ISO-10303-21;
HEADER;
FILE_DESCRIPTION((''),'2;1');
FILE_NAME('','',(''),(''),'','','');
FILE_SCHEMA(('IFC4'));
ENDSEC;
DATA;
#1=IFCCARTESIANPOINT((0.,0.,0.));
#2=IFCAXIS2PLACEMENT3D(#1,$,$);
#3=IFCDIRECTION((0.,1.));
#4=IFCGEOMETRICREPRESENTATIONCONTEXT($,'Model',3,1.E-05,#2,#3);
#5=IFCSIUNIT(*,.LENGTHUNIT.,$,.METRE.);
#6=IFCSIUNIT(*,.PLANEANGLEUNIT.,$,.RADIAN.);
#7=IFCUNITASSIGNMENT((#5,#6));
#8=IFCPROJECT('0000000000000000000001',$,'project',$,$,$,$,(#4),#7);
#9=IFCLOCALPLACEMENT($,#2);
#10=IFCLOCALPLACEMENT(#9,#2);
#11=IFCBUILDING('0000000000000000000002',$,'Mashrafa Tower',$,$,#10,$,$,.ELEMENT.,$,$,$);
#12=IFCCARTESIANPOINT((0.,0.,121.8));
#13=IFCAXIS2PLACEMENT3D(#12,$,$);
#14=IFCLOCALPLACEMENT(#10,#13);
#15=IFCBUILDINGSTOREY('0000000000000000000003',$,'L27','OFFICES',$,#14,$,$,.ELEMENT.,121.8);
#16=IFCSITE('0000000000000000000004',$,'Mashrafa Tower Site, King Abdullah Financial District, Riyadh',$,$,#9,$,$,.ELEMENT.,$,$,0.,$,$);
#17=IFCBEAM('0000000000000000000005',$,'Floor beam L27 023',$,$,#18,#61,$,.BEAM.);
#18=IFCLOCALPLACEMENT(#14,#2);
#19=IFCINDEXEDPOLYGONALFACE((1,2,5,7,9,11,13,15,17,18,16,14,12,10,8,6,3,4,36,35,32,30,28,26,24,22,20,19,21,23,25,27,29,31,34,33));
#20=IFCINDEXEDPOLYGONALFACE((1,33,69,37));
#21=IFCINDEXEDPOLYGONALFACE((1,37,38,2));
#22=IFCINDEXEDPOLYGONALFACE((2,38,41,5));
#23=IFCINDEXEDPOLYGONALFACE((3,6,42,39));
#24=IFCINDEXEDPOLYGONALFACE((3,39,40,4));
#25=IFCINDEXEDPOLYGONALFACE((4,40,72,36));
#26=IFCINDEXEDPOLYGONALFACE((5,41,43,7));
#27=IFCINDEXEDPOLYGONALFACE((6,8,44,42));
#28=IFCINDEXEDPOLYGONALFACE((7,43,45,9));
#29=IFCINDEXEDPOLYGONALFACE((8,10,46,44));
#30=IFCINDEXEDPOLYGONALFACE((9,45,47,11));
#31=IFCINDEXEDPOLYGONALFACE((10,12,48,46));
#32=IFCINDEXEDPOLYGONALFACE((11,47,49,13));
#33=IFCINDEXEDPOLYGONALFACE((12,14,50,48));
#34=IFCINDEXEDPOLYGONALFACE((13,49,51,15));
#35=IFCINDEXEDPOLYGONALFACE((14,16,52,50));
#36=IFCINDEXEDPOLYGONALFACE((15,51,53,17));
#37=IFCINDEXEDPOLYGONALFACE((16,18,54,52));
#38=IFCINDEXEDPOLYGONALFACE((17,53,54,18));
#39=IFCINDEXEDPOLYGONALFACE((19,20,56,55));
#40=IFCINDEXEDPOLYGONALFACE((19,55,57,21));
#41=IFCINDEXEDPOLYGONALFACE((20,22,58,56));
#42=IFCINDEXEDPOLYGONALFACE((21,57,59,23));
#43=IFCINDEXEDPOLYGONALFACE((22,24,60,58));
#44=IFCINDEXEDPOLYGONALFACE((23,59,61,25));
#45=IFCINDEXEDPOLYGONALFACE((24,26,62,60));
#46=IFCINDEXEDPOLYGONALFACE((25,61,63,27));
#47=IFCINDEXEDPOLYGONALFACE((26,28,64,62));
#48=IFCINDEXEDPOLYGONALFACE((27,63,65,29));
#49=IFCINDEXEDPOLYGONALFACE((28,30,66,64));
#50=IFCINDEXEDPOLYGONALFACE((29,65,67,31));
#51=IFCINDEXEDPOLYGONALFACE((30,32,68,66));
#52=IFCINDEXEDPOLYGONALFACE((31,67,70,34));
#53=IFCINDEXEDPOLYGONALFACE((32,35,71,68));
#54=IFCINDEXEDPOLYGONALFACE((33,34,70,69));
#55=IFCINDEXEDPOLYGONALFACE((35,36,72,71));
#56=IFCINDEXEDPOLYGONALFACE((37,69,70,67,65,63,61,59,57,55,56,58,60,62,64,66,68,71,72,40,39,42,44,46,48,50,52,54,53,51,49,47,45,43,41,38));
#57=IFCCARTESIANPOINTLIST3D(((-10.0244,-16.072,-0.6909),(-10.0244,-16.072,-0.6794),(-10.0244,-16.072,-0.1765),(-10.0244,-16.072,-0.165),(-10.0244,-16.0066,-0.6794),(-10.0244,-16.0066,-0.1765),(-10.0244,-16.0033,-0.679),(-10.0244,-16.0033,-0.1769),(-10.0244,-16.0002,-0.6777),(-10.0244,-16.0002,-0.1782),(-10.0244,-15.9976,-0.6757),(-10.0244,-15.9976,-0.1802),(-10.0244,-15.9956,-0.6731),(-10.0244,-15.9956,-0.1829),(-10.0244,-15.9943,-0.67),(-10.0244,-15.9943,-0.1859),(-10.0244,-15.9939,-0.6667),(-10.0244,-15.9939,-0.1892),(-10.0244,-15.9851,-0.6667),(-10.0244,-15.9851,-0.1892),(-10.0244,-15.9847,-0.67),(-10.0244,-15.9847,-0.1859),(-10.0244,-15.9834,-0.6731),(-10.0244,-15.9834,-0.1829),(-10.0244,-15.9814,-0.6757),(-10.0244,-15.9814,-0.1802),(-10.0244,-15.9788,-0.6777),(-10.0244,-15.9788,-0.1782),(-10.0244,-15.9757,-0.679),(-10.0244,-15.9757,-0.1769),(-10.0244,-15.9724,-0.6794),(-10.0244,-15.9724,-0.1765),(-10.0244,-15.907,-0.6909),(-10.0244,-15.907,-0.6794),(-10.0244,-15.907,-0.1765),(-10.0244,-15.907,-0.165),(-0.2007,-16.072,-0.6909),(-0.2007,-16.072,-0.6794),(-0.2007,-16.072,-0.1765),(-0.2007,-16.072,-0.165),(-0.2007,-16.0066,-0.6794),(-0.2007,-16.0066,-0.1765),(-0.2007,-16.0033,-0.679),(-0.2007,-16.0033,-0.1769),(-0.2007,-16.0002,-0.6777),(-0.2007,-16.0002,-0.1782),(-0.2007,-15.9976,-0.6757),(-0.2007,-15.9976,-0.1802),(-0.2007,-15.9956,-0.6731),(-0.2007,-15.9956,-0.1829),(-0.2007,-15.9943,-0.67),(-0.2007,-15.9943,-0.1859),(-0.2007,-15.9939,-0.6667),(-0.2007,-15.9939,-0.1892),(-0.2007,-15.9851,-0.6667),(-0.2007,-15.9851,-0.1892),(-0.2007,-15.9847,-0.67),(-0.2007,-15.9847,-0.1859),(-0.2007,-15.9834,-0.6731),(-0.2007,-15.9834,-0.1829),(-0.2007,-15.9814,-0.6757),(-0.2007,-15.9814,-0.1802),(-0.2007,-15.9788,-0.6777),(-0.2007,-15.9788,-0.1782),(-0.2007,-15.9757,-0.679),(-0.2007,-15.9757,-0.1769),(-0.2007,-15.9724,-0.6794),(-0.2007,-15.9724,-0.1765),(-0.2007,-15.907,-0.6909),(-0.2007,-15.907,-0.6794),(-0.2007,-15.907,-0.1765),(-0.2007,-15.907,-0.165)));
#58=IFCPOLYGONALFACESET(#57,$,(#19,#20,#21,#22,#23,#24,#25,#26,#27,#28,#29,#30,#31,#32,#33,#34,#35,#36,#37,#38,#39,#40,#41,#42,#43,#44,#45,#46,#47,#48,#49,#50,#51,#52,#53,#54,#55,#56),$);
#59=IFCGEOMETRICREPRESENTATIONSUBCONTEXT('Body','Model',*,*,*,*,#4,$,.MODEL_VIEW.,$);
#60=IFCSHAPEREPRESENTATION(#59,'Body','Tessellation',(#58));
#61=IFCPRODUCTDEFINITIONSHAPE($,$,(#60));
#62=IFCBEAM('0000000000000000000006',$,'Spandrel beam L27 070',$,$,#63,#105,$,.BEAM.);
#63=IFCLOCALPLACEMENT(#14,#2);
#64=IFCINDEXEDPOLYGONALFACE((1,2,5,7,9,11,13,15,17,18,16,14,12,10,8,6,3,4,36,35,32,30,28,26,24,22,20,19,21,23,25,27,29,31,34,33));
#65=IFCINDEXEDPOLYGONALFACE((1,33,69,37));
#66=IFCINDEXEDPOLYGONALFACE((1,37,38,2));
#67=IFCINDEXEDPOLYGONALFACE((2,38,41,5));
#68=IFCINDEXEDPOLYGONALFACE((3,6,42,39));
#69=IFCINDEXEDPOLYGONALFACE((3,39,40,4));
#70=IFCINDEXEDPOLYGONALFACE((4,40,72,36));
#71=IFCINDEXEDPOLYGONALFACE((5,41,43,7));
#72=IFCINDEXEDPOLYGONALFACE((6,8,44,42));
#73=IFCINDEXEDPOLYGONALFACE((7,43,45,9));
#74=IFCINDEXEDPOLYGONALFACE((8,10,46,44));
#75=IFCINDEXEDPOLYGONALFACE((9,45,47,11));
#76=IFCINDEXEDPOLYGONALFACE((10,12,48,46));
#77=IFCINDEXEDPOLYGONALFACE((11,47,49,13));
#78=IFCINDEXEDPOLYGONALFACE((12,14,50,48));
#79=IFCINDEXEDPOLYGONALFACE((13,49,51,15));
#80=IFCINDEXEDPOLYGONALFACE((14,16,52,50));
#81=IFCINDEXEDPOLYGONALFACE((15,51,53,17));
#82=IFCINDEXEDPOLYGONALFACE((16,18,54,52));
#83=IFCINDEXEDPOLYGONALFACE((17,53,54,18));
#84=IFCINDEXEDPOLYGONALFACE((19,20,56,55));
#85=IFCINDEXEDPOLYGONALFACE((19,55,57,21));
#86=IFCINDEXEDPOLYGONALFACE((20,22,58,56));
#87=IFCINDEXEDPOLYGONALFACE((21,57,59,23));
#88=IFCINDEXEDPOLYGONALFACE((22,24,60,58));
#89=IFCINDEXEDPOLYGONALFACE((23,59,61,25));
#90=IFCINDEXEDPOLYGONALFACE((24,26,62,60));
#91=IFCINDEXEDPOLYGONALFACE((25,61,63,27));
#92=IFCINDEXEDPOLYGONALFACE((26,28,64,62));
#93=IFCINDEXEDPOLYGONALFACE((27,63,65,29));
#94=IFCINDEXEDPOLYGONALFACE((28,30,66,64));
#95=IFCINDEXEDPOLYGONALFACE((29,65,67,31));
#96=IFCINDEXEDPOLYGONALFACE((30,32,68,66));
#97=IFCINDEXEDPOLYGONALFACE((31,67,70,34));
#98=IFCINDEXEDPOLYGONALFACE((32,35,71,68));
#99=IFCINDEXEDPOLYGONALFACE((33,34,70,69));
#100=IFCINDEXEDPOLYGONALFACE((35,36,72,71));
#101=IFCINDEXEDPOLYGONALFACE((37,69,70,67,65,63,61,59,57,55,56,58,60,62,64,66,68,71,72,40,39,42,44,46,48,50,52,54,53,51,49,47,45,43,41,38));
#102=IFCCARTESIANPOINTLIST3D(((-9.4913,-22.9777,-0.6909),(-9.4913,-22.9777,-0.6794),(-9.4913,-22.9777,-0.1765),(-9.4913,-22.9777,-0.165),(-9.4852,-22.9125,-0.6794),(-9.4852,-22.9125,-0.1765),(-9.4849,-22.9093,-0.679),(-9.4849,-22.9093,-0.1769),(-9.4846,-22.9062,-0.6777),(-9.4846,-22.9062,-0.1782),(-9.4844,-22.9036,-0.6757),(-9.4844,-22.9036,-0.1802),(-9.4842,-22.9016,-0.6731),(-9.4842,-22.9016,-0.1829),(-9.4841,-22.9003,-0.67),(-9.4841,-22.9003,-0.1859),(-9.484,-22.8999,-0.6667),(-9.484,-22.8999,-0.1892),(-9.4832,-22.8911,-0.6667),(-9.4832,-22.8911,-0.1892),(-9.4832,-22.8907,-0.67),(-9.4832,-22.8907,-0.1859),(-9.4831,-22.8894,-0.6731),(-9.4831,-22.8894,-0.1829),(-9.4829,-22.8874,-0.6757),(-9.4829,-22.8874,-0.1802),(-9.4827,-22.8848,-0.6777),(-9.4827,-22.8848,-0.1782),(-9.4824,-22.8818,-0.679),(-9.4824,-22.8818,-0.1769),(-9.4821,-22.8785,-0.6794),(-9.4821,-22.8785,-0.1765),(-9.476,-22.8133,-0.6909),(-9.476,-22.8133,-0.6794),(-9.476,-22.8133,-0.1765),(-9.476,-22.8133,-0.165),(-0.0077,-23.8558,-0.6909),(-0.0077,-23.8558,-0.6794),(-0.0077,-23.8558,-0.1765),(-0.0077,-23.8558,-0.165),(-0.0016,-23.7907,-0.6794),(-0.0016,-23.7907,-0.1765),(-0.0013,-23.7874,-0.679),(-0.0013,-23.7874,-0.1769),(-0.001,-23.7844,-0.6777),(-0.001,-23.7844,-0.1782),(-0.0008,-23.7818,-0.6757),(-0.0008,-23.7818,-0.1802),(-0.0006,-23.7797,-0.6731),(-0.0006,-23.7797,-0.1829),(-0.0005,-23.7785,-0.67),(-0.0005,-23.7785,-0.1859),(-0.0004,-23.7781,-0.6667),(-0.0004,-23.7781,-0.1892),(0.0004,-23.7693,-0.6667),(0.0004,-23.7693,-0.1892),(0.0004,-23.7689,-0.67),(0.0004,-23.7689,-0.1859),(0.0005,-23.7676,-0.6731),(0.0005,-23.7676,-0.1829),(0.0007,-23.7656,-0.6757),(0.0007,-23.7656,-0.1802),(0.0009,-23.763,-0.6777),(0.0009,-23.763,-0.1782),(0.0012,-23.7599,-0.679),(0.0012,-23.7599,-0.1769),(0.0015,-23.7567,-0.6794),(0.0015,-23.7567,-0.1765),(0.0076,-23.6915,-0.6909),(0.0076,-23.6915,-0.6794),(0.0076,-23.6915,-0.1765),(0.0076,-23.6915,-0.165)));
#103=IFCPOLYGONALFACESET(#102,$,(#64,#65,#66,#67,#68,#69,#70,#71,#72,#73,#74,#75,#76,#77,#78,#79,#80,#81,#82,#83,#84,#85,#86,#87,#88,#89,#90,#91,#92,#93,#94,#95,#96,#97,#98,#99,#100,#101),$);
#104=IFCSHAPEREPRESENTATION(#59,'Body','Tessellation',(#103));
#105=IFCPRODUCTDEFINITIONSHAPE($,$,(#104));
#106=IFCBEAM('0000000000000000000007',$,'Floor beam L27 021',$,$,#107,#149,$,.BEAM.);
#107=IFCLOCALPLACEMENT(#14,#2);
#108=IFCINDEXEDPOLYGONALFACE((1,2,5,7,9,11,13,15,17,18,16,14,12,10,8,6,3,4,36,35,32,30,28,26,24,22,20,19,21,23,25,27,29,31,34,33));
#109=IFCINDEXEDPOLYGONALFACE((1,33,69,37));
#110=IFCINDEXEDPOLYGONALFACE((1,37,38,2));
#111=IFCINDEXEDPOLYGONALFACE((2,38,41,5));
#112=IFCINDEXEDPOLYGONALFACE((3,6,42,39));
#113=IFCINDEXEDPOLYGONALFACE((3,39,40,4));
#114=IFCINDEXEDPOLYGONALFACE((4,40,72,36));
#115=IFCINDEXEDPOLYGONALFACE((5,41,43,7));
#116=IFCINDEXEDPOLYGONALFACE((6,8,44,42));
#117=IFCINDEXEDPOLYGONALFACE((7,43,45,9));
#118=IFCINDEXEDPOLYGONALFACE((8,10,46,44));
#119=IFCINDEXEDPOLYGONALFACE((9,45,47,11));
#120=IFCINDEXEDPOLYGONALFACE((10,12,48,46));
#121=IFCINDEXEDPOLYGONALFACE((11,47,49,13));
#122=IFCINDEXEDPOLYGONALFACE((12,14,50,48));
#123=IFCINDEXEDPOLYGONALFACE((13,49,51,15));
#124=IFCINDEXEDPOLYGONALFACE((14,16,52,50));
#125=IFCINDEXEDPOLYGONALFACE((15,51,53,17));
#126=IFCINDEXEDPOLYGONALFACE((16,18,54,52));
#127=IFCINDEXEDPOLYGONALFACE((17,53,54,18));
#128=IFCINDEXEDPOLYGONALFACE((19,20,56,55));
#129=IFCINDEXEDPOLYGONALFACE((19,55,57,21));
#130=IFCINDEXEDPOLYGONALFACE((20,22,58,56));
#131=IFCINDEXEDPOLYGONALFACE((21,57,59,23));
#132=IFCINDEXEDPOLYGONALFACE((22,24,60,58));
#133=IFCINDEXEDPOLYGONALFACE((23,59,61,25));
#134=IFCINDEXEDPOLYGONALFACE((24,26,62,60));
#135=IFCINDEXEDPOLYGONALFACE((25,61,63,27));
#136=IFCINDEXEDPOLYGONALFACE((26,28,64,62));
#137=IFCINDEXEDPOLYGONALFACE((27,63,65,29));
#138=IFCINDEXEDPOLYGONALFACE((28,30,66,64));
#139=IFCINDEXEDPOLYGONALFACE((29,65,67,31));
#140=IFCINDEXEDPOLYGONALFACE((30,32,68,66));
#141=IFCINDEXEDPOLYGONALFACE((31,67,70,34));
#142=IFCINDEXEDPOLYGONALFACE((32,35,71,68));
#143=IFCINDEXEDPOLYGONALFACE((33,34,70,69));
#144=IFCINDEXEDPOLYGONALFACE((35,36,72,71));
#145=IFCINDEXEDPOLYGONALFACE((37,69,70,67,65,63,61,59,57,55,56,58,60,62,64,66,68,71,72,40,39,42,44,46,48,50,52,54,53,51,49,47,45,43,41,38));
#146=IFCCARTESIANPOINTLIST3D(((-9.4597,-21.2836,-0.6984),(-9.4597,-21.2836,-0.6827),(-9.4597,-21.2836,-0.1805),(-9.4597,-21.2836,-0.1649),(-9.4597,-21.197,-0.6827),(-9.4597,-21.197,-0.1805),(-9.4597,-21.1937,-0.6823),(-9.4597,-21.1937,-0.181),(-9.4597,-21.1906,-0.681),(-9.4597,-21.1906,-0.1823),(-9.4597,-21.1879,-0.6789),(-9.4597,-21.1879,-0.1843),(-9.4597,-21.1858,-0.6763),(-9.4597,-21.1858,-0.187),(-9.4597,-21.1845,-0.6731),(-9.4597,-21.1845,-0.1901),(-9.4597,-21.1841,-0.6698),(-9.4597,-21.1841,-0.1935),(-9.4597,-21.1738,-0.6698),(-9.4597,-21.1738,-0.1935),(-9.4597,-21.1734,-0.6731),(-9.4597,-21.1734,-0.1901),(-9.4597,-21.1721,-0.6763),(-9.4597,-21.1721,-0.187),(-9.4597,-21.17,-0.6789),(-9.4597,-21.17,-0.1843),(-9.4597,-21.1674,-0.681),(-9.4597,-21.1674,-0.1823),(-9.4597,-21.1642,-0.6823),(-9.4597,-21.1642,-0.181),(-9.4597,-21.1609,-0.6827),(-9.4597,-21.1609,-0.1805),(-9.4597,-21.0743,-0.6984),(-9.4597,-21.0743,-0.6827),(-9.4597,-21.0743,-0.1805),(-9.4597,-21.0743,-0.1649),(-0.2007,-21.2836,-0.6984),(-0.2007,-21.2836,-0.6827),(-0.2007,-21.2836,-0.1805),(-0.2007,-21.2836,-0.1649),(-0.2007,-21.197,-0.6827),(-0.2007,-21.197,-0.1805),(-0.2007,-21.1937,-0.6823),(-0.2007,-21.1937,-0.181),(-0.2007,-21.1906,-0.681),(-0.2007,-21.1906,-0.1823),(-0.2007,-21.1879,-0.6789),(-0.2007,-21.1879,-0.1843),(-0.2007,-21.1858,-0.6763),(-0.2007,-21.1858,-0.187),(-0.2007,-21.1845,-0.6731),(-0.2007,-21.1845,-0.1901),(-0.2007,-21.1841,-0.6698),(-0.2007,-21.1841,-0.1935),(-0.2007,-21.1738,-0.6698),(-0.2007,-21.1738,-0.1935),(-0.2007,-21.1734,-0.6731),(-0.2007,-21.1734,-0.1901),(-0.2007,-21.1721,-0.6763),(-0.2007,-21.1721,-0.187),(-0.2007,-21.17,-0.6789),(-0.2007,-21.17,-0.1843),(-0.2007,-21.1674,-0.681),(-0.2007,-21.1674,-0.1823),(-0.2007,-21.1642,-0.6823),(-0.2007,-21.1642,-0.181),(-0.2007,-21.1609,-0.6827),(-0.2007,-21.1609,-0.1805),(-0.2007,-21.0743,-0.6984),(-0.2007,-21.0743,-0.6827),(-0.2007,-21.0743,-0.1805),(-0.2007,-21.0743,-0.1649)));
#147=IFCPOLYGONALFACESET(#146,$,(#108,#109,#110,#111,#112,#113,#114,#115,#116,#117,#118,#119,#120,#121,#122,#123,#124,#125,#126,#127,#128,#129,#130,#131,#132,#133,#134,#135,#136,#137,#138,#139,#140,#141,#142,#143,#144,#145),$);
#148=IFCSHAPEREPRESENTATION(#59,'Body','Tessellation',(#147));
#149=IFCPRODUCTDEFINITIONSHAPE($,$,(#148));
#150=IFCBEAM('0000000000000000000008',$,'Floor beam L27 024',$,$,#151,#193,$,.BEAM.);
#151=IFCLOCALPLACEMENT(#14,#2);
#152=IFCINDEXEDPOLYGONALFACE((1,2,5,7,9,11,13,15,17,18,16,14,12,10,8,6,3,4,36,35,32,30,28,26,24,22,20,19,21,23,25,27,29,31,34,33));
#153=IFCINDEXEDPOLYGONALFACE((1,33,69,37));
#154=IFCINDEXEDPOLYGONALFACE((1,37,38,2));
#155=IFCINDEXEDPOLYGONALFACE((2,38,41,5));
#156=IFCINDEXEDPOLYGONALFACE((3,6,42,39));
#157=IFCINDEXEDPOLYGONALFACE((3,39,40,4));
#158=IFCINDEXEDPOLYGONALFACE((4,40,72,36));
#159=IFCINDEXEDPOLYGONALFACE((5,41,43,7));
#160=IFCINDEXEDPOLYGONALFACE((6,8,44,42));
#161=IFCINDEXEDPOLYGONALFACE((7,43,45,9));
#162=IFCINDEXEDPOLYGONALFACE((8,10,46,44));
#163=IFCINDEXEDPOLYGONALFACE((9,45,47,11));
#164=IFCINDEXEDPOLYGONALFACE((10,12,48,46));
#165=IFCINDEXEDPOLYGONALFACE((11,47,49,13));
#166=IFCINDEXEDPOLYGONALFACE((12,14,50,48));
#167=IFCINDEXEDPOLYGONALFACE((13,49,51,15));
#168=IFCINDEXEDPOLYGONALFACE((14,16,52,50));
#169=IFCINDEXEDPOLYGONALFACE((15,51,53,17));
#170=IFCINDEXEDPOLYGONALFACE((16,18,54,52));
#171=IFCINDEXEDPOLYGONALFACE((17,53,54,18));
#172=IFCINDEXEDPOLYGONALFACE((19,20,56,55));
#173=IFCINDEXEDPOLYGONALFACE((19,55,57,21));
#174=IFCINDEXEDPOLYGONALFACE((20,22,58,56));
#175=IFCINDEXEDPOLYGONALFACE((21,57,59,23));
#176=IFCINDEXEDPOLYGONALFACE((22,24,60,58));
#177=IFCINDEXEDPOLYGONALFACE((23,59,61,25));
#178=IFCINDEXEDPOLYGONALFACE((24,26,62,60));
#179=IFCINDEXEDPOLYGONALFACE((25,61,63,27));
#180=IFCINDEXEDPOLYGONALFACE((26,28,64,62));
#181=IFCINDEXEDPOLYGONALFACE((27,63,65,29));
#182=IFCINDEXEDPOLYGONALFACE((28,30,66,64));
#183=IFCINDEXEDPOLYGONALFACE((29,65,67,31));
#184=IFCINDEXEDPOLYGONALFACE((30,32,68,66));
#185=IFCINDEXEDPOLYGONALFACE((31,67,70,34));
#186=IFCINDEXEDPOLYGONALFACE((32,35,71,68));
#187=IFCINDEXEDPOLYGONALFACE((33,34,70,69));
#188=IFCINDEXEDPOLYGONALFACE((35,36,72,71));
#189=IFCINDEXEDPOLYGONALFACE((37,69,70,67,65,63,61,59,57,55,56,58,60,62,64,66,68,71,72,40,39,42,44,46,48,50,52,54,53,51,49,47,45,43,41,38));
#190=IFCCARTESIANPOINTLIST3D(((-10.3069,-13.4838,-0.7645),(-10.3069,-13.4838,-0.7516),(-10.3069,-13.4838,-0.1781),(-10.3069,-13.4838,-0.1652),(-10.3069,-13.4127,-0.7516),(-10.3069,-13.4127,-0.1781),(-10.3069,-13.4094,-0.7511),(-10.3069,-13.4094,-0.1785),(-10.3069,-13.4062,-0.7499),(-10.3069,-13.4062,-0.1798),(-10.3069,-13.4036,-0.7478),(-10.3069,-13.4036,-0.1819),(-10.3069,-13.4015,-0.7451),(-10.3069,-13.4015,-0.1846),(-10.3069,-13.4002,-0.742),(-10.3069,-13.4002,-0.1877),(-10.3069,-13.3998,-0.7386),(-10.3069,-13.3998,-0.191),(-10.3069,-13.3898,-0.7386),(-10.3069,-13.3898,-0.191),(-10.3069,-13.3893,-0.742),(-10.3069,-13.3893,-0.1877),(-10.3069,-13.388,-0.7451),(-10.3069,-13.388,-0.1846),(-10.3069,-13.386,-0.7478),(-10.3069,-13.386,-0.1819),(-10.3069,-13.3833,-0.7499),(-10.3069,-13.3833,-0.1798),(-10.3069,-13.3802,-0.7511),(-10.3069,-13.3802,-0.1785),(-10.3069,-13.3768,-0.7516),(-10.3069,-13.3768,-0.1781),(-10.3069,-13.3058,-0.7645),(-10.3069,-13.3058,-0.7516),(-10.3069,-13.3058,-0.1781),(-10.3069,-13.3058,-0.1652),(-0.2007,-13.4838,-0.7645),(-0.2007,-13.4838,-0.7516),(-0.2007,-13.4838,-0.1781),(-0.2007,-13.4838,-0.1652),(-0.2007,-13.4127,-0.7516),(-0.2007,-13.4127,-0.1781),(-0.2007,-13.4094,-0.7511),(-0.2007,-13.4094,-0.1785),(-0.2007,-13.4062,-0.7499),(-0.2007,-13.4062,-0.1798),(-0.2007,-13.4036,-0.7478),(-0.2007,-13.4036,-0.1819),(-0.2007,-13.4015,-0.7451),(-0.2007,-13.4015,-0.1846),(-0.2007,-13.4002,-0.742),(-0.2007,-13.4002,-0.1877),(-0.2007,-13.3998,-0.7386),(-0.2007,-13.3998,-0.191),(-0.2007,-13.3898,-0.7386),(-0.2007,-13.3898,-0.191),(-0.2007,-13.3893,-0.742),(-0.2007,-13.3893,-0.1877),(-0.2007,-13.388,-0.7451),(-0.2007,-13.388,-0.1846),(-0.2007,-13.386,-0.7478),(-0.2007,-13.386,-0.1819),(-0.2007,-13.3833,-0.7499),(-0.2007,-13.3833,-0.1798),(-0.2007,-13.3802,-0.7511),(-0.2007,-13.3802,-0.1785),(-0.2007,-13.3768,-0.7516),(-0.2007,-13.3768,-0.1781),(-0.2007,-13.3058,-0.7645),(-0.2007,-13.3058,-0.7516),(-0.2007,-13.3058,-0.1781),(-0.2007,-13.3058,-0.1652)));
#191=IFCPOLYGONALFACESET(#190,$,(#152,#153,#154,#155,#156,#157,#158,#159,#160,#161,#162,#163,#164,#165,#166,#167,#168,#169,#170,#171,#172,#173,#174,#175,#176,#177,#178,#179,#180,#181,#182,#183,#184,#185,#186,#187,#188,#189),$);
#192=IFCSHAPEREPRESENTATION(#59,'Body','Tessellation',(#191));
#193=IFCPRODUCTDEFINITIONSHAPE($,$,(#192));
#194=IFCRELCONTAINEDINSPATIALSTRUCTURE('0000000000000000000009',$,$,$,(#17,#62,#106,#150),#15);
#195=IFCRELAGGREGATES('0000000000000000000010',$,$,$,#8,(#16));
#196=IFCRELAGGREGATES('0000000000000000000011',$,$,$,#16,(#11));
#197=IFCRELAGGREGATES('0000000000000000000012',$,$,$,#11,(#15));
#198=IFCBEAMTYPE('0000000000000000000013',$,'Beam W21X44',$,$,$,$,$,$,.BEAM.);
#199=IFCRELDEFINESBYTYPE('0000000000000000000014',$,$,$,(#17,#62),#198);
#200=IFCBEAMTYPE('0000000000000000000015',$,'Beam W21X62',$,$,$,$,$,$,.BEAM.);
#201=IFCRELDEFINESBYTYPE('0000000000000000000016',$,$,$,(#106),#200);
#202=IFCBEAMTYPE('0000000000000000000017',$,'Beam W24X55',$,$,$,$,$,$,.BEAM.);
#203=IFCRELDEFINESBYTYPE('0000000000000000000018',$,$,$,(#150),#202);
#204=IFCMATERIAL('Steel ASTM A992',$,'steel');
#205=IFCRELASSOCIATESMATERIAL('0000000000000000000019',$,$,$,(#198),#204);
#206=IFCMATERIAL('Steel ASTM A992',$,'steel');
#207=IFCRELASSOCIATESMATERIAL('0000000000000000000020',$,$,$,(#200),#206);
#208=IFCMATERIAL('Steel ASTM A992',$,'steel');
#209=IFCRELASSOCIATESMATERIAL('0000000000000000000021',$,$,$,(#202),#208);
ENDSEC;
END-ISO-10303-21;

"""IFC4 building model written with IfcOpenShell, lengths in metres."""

from ifc_helpers import new_model, si_unit, direction, frame, origin, origin_2d, place, context, subcontext, project, spatial, i_section, extrude, material, material_profile, profile_set, type_object, element, save


model = new_model("IFC4")

# Units and contexts
model_context = context("Model", 3, precision=1e-05, world=origin(), true_north=direction((0.0, 1.0)))
body_context = subcontext(model_context, "Body", "Model", "MODEL_VIEW")
ifc_project = project(units=[si_unit("LENGTHUNIT", "METRE"), si_unit("PLANEANGLEUNIT", "RADIAN")], contexts=[model_context])

# Site, building, storey
site_placement = place(None, origin())
site = spatial("IfcSite", under=ifc_project, at=site_placement, Name="Mashrafa Tower Site, King Abdullah Financial District, Riyadh", CompositionType="ELEMENT", RefElevation=0.0)
building_placement = place(site_placement, origin())
building = spatial("IfcBuilding", under=site, at=building_placement, Name="Mashrafa Tower", CompositionType="ELEMENT")
storey_placement = place(building_placement, frame((0.0, 0.0, 121.8)))
storey = spatial("IfcBuildingStorey", under=building, at=storey_placement, Name="L27", Description="OFFICES", CompositionType="ELEMENT", Elevation=121.8)

# Beams
ifc_material_1 = material(Name="Steel ASTM A992", Category="steel")
ifc_material_profile_1 = material_profile(ifc_material_1, i_section(OverallWidth=0.165, OverallDepth=0.5259, WebThickness=0.0088, FlangeThickness=0.0115, FilletRadius=0.0127, at=origin_2d()), Name="W21X44")
ifc_profile_set_1 = profile_set([ifc_material_profile_1], Name="Steel ASTM A992")
beam_type_1 = type_object("IfcBeamType", Name="Beam W21X44", PredefinedType="BEAM", material=ifc_profile_set_1)
beam_1_placement = place(storey_placement, frame((-0.2007, -15.9895, -0.428), z_axis=(-1.0, 0.0, 0.0), x_axis=(0.0, -1.0, 0.0)))
element("IfcBeam", 1, at=beam_1_placement, inside=storey, type_object=beam_type_1, Name="Floor beam L27 023", PredefinedType="BEAM", context=body_context, shape_type="SweptSolid", body=[
    extrude(i_section(OverallWidth=0.165, OverallDepth=0.5259, WebThickness=0.0088, FlangeThickness=0.0115, FilletRadius=0.0127, at=origin_2d()), origin(), (0.0, 0.0, 1.0), 9.8237),
])
beam_2_placement = place(storey_placement, frame((-9.4836, -22.8955, -0.428), z_axis=(0.99574, -0.092204, 0.0), x_axis=(0.092204, 0.99574, 0.0)))
element("IfcBeam", 2, at=beam_2_placement, inside=storey, type_object=beam_type_1, Name="Spandrel beam L27 070", PredefinedType="BEAM", context=body_context, shape_type="SweptSolid", body=[
    extrude(i_section(OverallWidth=0.165, OverallDepth=0.5259, WebThickness=0.0088, FlangeThickness=0.0115, FilletRadius=0.0127, at=origin_2d()), origin(), (0.0, 0.0, 1.0), 9.5242),
])
ifc_material_2 = material(Name="Steel ASTM A992", Category="steel")
ifc_material_profile_2 = material_profile(ifc_material_2, i_section(OverallWidth=0.2092, OverallDepth=0.5334, WebThickness=0.0103, FlangeThickness=0.0156, FilletRadius=0.0129, at=origin_2d()), Name="W21X62")
ifc_profile_set_2 = profile_set([ifc_material_profile_2], Name="Steel ASTM A992")
beam_type_2 = type_object("IfcBeamType", Name="Beam W21X62", PredefinedType="BEAM", material=ifc_profile_set_2)
beam_3_placement = place(storey_placement, frame((-0.2007, -21.179, -0.4316), z_axis=(-1.0, 0.0, 0.0), x_axis=(0.0, -1.0, 0.0)))
element("IfcBeam", 3, at=beam_3_placement, inside=storey, type_object=beam_type_2, Name="Floor beam L27 021", PredefinedType="BEAM", context=body_context, shape_type="SweptSolid", body=[
    extrude(i_section(OverallWidth=0.2092, OverallDepth=0.5334, WebThickness=0.0103, FlangeThickness=0.0156, FilletRadius=0.0129, at=origin_2d()), origin(), (0.0, 0.0, 1.0), 9.259),
])
ifc_material_3 = material(Name="Steel ASTM A992", Category="steel")
ifc_material_profile_3 = material_profile(ifc_material_3, i_section(OverallWidth=0.178, OverallDepth=0.5994, WebThickness=0.01, FlangeThickness=0.0129, FilletRadius=0.0129, at=origin_2d()), Name="W24X55")
ifc_profile_set_3 = profile_set([ifc_material_profile_3], Name="Steel ASTM A992")
beam_type_3 = type_object("IfcBeamType", Name="Beam W24X55", PredefinedType="BEAM", material=ifc_profile_set_3)
beam_4_placement = place(storey_placement, frame((-0.2007, -13.3948, -0.4648), z_axis=(-1.0, 0.0, 0.0), x_axis=(0.0, -1.0, 0.0)))
element("IfcBeam", 4, at=beam_4_placement, inside=storey, type_object=beam_type_3, Name="Floor beam L27 024", PredefinedType="BEAM", context=body_context, shape_type="SweptSolid", body=[
    extrude(i_section(OverallWidth=0.178, OverallDepth=0.5994, WebThickness=0.01, FlangeThickness=0.0129, FilletRadius=0.0129, at=origin_2d()), origin(), (0.0, 0.0, 1.0), 10.1062),
])

save(model, "model.ifc")
